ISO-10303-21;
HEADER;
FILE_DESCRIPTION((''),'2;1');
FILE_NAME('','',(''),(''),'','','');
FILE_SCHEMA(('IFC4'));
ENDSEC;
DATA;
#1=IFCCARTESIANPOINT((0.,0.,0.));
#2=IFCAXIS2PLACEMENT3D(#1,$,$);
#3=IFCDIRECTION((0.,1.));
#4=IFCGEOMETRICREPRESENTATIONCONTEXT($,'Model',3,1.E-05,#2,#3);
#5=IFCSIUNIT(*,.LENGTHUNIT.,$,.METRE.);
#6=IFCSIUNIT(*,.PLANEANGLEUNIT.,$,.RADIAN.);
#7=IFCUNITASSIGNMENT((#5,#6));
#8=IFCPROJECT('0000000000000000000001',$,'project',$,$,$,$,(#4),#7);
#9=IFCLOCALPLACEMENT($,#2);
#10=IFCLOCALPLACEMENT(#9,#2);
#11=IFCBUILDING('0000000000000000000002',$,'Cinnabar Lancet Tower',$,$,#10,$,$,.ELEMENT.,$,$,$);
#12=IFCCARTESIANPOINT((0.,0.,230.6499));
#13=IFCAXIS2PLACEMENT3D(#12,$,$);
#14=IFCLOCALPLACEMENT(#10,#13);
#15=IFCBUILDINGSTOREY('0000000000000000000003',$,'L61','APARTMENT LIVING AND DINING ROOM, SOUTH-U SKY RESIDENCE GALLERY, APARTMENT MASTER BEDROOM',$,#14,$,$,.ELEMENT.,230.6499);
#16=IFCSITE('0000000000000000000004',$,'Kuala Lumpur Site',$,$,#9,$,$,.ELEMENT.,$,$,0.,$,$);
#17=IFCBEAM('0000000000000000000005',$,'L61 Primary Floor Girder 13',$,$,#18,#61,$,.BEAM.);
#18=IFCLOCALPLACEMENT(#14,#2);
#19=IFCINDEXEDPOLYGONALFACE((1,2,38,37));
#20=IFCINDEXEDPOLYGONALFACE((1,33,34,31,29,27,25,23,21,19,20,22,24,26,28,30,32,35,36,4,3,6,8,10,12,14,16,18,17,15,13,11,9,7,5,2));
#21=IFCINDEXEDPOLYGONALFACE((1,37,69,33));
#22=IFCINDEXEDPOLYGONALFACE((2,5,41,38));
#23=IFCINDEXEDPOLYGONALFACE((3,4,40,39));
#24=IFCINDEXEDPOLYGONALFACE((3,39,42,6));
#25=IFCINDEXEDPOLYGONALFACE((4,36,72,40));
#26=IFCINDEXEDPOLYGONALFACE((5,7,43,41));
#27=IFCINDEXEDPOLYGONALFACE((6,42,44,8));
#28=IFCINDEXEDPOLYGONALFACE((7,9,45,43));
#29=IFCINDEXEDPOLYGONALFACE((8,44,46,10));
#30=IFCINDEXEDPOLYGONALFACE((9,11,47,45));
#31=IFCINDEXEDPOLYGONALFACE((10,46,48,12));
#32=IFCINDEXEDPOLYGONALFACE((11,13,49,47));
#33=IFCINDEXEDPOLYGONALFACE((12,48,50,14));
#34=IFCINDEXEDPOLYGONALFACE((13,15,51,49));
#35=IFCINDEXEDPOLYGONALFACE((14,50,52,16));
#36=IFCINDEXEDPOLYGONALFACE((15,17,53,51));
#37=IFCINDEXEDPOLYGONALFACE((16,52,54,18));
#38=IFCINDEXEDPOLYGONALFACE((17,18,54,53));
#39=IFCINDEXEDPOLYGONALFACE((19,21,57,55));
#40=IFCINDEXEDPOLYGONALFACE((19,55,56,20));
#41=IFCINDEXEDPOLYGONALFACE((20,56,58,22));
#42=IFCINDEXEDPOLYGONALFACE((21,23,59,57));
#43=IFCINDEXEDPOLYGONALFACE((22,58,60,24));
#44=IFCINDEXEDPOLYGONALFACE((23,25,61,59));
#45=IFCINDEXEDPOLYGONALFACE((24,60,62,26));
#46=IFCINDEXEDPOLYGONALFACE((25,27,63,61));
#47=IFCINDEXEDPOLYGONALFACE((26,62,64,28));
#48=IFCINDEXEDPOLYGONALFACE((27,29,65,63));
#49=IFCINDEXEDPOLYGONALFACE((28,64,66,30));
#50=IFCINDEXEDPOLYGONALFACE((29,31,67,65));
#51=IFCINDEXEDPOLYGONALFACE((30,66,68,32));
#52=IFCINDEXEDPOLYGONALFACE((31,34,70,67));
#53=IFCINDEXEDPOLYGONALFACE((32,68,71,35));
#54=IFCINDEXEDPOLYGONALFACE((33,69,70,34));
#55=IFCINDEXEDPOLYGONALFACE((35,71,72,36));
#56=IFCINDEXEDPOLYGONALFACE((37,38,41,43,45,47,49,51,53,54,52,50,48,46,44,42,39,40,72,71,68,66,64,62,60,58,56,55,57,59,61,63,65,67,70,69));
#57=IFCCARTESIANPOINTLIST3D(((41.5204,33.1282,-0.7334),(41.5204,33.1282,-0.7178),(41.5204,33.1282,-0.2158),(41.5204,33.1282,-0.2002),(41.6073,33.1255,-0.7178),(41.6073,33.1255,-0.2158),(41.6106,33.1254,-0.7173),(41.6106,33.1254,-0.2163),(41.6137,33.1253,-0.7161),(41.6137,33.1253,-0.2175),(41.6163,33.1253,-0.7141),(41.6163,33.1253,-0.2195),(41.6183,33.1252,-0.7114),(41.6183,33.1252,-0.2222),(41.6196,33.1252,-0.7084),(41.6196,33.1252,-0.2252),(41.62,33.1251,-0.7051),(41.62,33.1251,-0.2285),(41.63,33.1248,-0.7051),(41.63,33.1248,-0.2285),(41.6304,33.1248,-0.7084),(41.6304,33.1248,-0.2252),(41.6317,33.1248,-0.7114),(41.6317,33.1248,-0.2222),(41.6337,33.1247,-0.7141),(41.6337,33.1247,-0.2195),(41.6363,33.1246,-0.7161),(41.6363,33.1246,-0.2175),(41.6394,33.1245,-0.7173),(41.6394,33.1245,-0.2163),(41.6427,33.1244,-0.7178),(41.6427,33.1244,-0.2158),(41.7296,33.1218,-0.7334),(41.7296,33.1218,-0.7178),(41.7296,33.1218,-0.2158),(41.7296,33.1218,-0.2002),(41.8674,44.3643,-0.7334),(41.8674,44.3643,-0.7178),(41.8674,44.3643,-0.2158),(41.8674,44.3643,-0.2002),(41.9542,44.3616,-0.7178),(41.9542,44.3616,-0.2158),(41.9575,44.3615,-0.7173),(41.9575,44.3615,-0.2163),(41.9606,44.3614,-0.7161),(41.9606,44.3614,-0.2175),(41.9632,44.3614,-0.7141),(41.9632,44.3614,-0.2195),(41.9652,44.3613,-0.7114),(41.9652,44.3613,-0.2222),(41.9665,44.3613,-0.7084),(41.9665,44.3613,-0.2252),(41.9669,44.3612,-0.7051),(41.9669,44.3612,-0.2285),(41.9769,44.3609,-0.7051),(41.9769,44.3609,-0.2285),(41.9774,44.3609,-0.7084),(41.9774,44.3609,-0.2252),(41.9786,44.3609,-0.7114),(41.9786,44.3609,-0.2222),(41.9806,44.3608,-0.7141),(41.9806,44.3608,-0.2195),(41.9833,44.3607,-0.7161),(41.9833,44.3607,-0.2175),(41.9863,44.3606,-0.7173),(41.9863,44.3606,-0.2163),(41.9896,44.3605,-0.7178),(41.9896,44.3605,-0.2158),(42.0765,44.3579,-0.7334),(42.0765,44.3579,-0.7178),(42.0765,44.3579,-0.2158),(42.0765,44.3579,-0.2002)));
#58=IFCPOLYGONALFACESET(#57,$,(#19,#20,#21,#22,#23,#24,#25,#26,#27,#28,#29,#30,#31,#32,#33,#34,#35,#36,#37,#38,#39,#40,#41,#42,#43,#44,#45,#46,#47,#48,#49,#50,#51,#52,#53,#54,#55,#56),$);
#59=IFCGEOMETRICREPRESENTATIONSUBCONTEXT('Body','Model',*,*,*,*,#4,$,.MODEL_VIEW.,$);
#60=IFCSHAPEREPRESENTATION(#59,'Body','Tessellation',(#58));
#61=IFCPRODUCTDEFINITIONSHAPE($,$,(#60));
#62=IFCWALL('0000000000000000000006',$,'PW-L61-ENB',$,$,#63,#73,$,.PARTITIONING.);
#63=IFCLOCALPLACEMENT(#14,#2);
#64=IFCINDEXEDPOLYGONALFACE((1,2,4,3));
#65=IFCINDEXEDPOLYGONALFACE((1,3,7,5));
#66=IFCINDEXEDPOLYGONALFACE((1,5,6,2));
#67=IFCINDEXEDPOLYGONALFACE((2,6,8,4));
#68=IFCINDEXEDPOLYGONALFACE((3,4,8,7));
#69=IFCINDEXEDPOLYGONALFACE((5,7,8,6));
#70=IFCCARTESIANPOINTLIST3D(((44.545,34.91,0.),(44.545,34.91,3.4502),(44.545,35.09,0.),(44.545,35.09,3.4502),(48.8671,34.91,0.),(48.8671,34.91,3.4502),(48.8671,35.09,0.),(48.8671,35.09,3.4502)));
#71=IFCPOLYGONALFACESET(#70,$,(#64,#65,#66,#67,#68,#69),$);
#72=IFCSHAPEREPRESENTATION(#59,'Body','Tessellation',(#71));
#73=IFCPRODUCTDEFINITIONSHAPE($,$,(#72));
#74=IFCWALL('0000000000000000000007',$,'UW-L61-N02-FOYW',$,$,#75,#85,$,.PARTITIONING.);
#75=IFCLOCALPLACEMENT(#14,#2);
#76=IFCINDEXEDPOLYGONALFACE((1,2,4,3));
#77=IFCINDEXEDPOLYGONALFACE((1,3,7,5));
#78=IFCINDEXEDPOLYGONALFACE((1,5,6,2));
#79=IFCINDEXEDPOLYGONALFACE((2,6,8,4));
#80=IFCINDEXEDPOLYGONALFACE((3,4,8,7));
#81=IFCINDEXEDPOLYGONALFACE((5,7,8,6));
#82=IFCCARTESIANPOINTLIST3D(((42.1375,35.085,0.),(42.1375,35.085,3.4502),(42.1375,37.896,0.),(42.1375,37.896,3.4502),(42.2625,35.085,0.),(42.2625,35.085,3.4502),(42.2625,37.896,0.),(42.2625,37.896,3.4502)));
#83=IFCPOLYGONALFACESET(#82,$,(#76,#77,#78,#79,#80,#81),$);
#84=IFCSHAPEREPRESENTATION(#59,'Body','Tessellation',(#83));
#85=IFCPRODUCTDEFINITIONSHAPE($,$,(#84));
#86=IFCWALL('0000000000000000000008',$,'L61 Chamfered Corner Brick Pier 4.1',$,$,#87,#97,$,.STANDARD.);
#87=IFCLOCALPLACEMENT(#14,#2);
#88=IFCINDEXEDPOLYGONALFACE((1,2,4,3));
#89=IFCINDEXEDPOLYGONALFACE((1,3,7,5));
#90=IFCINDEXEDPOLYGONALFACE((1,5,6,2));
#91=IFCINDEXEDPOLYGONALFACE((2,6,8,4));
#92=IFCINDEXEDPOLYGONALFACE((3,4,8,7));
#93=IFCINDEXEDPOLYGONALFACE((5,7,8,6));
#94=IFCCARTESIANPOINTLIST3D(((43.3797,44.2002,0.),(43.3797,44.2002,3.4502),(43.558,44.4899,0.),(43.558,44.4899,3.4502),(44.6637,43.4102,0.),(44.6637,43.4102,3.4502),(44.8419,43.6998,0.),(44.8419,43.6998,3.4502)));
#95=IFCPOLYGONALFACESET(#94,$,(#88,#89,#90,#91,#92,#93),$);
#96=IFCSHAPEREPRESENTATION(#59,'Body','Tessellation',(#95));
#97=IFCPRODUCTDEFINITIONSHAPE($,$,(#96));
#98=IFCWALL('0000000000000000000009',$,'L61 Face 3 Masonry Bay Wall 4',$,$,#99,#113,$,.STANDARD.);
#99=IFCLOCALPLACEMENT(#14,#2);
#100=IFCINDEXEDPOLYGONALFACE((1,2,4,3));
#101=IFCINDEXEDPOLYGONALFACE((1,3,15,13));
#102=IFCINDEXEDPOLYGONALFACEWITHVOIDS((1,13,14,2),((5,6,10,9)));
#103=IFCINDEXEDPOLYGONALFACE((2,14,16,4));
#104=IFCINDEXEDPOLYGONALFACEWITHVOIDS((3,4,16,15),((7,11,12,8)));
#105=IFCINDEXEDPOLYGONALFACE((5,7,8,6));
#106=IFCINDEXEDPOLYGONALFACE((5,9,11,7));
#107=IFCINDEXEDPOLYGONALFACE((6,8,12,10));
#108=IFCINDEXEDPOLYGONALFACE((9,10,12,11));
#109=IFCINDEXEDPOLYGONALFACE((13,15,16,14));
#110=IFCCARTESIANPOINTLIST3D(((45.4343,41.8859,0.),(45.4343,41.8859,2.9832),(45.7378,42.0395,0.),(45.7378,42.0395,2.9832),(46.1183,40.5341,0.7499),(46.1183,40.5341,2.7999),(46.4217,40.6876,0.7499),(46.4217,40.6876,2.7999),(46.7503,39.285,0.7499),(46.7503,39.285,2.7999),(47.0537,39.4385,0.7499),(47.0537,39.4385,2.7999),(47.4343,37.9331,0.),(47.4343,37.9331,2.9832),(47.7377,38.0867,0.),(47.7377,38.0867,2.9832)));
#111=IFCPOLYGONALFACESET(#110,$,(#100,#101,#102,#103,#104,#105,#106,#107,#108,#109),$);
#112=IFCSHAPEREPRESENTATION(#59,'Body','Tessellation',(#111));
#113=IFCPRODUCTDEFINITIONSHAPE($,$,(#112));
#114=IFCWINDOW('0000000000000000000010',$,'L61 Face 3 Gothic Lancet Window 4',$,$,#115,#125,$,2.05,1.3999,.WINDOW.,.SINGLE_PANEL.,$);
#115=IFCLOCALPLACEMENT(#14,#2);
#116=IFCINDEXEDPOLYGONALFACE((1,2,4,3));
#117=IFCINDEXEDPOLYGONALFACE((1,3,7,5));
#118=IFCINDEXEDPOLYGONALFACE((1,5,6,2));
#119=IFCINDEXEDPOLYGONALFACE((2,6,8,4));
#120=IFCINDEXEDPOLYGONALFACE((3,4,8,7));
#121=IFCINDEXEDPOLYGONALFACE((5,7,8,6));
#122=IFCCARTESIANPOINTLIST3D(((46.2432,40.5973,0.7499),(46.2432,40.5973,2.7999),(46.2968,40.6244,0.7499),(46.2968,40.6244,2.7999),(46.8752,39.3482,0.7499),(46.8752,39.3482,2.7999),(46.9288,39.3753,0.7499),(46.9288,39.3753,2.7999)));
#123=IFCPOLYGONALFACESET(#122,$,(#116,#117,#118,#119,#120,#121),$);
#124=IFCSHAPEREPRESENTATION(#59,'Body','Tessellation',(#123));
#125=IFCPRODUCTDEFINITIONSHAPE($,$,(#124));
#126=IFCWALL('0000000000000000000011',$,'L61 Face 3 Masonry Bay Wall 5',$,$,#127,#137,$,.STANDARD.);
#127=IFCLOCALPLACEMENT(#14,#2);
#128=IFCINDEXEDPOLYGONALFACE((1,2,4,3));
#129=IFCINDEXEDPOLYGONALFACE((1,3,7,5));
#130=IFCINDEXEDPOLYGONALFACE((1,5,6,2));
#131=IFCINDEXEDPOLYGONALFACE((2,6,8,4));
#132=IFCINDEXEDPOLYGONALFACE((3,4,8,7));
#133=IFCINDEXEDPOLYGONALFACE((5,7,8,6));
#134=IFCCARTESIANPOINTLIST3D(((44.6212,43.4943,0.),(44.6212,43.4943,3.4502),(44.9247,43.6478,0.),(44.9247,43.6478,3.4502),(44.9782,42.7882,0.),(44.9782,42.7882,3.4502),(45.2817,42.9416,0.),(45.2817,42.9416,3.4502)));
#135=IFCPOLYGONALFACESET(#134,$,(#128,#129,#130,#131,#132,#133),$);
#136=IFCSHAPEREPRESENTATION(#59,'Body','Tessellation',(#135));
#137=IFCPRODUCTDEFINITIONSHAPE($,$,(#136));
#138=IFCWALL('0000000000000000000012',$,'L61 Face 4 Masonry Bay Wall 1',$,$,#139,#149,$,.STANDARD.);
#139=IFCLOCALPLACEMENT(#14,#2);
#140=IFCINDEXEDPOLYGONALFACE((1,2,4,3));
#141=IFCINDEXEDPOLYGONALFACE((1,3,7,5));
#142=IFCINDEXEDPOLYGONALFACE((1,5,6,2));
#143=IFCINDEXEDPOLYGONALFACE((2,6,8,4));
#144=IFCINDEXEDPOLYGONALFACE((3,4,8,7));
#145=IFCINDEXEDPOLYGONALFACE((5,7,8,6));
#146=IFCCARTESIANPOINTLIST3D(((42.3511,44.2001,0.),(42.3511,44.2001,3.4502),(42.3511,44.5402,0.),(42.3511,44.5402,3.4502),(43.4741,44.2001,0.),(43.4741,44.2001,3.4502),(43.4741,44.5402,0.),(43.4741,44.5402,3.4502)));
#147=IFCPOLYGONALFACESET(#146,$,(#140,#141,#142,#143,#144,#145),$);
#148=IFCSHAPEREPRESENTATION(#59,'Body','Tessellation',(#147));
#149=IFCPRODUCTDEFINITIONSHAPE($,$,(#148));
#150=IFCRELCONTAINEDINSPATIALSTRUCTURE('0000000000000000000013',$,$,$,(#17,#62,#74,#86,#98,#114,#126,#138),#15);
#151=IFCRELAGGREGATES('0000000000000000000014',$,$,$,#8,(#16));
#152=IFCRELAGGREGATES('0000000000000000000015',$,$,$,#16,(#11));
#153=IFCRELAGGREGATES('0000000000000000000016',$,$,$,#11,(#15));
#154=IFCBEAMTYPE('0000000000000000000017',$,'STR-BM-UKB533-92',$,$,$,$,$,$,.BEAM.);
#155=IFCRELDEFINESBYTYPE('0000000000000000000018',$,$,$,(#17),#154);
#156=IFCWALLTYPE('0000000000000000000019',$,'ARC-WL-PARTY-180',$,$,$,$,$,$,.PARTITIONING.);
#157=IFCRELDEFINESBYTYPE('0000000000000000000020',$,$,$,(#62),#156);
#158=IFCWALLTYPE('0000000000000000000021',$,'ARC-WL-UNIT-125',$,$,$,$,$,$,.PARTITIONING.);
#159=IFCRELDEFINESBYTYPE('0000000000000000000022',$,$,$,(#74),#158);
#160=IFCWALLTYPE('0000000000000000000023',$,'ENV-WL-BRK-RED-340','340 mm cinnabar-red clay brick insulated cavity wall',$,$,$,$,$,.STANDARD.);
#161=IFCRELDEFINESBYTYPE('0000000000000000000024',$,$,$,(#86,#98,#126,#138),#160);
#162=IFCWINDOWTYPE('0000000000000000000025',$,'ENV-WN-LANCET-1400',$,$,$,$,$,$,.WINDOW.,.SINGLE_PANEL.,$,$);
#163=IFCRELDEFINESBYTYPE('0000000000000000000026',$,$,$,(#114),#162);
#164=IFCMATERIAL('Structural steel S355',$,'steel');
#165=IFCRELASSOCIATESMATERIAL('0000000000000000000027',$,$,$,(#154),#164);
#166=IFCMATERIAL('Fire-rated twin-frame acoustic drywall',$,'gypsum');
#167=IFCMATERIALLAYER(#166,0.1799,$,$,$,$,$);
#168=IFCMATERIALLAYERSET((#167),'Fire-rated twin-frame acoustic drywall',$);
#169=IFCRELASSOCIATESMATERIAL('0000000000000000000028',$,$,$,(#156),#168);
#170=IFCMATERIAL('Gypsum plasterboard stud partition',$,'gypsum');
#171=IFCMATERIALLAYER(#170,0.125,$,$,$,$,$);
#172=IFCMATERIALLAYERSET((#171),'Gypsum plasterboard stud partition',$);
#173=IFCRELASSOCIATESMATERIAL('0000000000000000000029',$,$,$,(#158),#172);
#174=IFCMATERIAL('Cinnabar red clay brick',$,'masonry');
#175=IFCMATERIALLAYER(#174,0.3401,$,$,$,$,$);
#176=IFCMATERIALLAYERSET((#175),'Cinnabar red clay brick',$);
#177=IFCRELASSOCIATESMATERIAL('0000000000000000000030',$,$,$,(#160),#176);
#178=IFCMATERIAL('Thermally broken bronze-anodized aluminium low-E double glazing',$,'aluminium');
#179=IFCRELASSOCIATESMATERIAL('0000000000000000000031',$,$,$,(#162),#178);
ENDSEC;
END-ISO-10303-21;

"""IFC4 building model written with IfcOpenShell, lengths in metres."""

from ifc_helpers import new_model, si_unit, direction, frame, frame_2d, origin, origin_2d, place, context, subcontext, project, spatial, rectangle, i_section, extrude, material, layer, layer_set, material_profile, profile_set, type_object, element, fill, save


model = new_model("IFC4")

# Units and contexts
model_context = context("Model", 3, precision=1e-05, world=origin(), true_north=direction((0.0, 1.0)))
body_context = subcontext(model_context, "Body", "Model", "MODEL_VIEW")
ifc_project = project(units=[si_unit("LENGTHUNIT", "METRE"), si_unit("PLANEANGLEUNIT", "RADIAN")], contexts=[model_context])

# Site, building, storey
site_placement = place(None, origin())
site = spatial("IfcSite", under=ifc_project, at=site_placement, Name="Kuala Lumpur Site", CompositionType="ELEMENT", RefElevation=0.0)
building_placement = place(site_placement, origin())
building = spatial("IfcBuilding", under=site, at=building_placement, Name="Cinnabar Lancet Tower", CompositionType="ELEMENT")
storey_placement = place(building_placement, frame((0.0, 0.0, 230.6499)))
storey = spatial("IfcBuildingStorey", under=building, at=storey_placement, Name="L61", Description="APARTMENT LIVING AND DINING ROOM, SOUTH-U SKY RESIDENCE GALLERY, APARTMENT MASTER BEDROOM", CompositionType="ELEMENT", Elevation=230.6499)

# Beam
ifc_material_1 = material(Name="Structural steel S355", Category="steel")
ifc_material_profile_1 = material_profile(ifc_material_1, i_section(OverallWidth=0.2092, OverallDepth=0.5332, WebThickness=0.01, FlangeThickness=0.0156, FilletRadius=0.0127, at=origin_2d()), Name="UKB 533x210x92")
ifc_profile_set_1 = profile_set([ifc_material_profile_1], Name="Structural steel S355")
beam_type_1 = type_object("IfcBeamType", Name="STR-BM-UKB533-92", PredefinedType="BEAM", material=ifc_profile_set_1)
beam_1_placement = place(storey_placement, frame((41.9719, 44.3611, -0.4668), z_axis=(-0.030861, -0.999524, 0.0), x_axis=(0.999524, -0.030861, 0.0)))
element("IfcBeam", 1, at=beam_1_placement, inside=storey, type_object=beam_type_1, Name="L61 Primary Floor Girder 13", PredefinedType="BEAM", context=body_context, shape_type="SweptSolid", body=[
    extrude(i_section(OverallWidth=0.2092, OverallDepth=0.5332, WebThickness=0.01, FlangeThickness=0.0156, FilletRadius=0.0127, at=origin_2d()), origin(), (0.0, 0.0, 1.0), 11.2415),
])

# Walls
ifc_material_2 = material(Name="Fire-rated twin-frame acoustic drywall", Category="gypsum")
ifc_layer_1 = layer(ifc_material_2, 0.1799)
ifc_layer_set_1 = layer_set([ifc_layer_1], Name="Fire-rated twin-frame acoustic drywall")
wall_type_1 = type_object("IfcWallType", Name="ARC-WL-PARTY-180", PredefinedType="PARTITIONING", material=ifc_layer_set_1)
wall_1_placement = place(storey_placement, frame((44.5449, 35.0, 0.0), z_axis=(0.0, 0.0, 1.0), x_axis=(1.0, 0.0, 0.0)))
element("IfcWall", 2, at=wall_1_placement, inside=storey, type_object=wall_type_1, Name="PW-L61-ENB", PredefinedType="PARTITIONING", context=body_context, shape_type="SweptSolid", body=[
    extrude(rectangle(XDim=4.322, YDim=0.1799, at=frame_2d((2.1611, 0.0))), origin(), (0.0, 0.0, 1.0), 3.4502),
])
ifc_material_3 = material(Name="Gypsum plasterboard stud partition", Category="gypsum")
ifc_layer_2 = layer(ifc_material_3, 0.125)
ifc_layer_set_2 = layer_set([ifc_layer_2], Name="Gypsum plasterboard stud partition")
wall_type_2 = type_object("IfcWallType", Name="ARC-WL-UNIT-125", PredefinedType="PARTITIONING", material=ifc_layer_set_2)
wall_2_placement = place(storey_placement, frame((42.2, 35.085, 0.0), z_axis=(0.0, 0.0, 1.0), x_axis=(0.0, 1.0, 0.0)))
element("IfcWall", 3, at=wall_2_placement, inside=storey, type_object=wall_type_2, Name="UW-L61-N02-FOYW", PredefinedType="PARTITIONING", context=body_context, shape_type="SweptSolid", body=[
    extrude(rectangle(XDim=2.811, YDim=0.125, at=frame_2d((1.4055, 0.0))), origin(), (0.0, 0.0, 1.0), 3.4502),
])
ifc_material_4 = material(Name="Cinnabar red clay brick", Category="masonry")
ifc_layer_3 = layer(ifc_material_4, 0.3401)
ifc_layer_set_3 = layer_set([ifc_layer_3], Name="Cinnabar red clay brick")
wall_type_3 = type_object("IfcWallType", Name="ENV-WL-BRK-RED-340", Description="340 mm cinnabar-red clay brick insulated cavity wall", PredefinedType="STANDARD", material=ifc_layer_set_3)
wall_3_placement = place(storey_placement, frame((44.7529, 43.5549, 0.0), z_axis=(0.0, 0.0, 1.0), x_axis=(-0.851681, 0.524061, 0.0)))
element("IfcWall", 4, at=wall_3_placement, inside=storey, type_object=wall_type_3, Name="L61 Chamfered Corner Brick Pier 4.1", PredefinedType="STANDARD", context=body_context, shape_type="SweptSolid", body=[
    extrude(rectangle(XDim=1.5076, YDim=0.3401, at=frame_2d((0.7539, 0.0))), origin(), (0.0, 0.0, 1.0), 3.4502),
])

# Wall, opening, window
wall_4_placement = place(storey_placement, frame((47.5859, 38.01, 0.0), z_axis=(0.0, 0.0, 1.0), x_axis=(-0.451463, 0.89229, 0.0)))
wall_4 = element("IfcWall", 5, at=wall_4_placement, inside=storey, type_object=wall_type_3, Name="L61 Face 3 Masonry Bay Wall 4", PredefinedType="STANDARD", context=body_context, shape_type="SweptSolid", body=[
    extrude(rectangle(XDim=4.4299, YDim=0.3401, at=frame_2d((2.2148, 0.0))), origin(), (0.0, 0.0, 1.0), 2.9832),
])
opening_placement = place(wall_4_placement, frame((1.5149, 0.0, 0.75)))
opening = element("IfcOpeningElement", 6, at=opening_placement, cuts=wall_4, PredefinedType="OPENING", context=body_context, shape_type="SweptSolid", body=[
    extrude(rectangle(XDim=1.3999, YDim=2.05, at=frame_2d((0.7, 1.0249))), frame((0.0, 0.1799, 0.0), z_axis=(0.0, -1.0, 0.0), x_axis=(1.0, 0.0, 0.0)), (0.0, 0.0, 1.0), 0.3601),
])
ifc_material_5 = material(Name="Thermally broken bronze-anodized aluminium low-E double glazing", Category="aluminium")
window_type = type_object("IfcWindowType", Name="ENV-WN-LANCET-1400", PartitioningType="SINGLE_PANEL", PredefinedType="WINDOW", material=ifc_material_5)
window_placement = place(opening_placement, origin())
window = element("IfcWindow", 7, at=window_placement, inside=storey, type_object=window_type, Name="L61 Face 3 Gothic Lancet Window 4", OverallHeight=2.05, OverallWidth=1.3999, PartitioningType="SINGLE_PANEL", PredefinedType="WINDOW", context=body_context, shape_type="SweptSolid", body=[
    extrude(rectangle(XDim=1.3999, YDim=2.05, at=frame_2d((0.7, 1.0249))), frame((0.0, 0.03, 0.0), z_axis=(0.0, -1.0, 0.0), x_axis=(1.0, 0.0, 0.0)), (0.0, 0.0, 1.0), 0.0601),
])
fill(opening, window)

# Walls
wall_5_placement = place(storey_placement, frame((45.1299, 42.865, 0.0), z_axis=(0.0, 0.0, 1.0), x_axis=(-0.451159, 0.892443, 0.0)))
element("IfcWall", 8, at=wall_5_placement, inside=storey, type_object=wall_type_3, Name="L61 Face 3 Masonry Bay Wall 5", PredefinedType="STANDARD", context=body_context, shape_type="SweptSolid", body=[
    extrude(rectangle(XDim=0.7913, YDim=0.3401, at=frame_2d((0.3955, 0.0))), origin(), (0.0, 0.0, 1.0), 3.4502),
])
wall_6_placement = place(storey_placement, frame((43.4741, 44.3701, 0.0), z_axis=(0.0, 0.0, 1.0), x_axis=(-1.0, 0.0, 0.0)))
element("IfcWall", 9, at=wall_6_placement, inside=storey, type_object=wall_type_3, Name="L61 Face 4 Masonry Bay Wall 1", PredefinedType="STANDARD", context=body_context, shape_type="SweptSolid", body=[
    extrude(rectangle(XDim=1.123, YDim=0.3401, at=frame_2d((0.5615, 0.0))), origin(), (0.0, 0.0, 1.0), 3.4502),
])

save(model, "model.ifc")
